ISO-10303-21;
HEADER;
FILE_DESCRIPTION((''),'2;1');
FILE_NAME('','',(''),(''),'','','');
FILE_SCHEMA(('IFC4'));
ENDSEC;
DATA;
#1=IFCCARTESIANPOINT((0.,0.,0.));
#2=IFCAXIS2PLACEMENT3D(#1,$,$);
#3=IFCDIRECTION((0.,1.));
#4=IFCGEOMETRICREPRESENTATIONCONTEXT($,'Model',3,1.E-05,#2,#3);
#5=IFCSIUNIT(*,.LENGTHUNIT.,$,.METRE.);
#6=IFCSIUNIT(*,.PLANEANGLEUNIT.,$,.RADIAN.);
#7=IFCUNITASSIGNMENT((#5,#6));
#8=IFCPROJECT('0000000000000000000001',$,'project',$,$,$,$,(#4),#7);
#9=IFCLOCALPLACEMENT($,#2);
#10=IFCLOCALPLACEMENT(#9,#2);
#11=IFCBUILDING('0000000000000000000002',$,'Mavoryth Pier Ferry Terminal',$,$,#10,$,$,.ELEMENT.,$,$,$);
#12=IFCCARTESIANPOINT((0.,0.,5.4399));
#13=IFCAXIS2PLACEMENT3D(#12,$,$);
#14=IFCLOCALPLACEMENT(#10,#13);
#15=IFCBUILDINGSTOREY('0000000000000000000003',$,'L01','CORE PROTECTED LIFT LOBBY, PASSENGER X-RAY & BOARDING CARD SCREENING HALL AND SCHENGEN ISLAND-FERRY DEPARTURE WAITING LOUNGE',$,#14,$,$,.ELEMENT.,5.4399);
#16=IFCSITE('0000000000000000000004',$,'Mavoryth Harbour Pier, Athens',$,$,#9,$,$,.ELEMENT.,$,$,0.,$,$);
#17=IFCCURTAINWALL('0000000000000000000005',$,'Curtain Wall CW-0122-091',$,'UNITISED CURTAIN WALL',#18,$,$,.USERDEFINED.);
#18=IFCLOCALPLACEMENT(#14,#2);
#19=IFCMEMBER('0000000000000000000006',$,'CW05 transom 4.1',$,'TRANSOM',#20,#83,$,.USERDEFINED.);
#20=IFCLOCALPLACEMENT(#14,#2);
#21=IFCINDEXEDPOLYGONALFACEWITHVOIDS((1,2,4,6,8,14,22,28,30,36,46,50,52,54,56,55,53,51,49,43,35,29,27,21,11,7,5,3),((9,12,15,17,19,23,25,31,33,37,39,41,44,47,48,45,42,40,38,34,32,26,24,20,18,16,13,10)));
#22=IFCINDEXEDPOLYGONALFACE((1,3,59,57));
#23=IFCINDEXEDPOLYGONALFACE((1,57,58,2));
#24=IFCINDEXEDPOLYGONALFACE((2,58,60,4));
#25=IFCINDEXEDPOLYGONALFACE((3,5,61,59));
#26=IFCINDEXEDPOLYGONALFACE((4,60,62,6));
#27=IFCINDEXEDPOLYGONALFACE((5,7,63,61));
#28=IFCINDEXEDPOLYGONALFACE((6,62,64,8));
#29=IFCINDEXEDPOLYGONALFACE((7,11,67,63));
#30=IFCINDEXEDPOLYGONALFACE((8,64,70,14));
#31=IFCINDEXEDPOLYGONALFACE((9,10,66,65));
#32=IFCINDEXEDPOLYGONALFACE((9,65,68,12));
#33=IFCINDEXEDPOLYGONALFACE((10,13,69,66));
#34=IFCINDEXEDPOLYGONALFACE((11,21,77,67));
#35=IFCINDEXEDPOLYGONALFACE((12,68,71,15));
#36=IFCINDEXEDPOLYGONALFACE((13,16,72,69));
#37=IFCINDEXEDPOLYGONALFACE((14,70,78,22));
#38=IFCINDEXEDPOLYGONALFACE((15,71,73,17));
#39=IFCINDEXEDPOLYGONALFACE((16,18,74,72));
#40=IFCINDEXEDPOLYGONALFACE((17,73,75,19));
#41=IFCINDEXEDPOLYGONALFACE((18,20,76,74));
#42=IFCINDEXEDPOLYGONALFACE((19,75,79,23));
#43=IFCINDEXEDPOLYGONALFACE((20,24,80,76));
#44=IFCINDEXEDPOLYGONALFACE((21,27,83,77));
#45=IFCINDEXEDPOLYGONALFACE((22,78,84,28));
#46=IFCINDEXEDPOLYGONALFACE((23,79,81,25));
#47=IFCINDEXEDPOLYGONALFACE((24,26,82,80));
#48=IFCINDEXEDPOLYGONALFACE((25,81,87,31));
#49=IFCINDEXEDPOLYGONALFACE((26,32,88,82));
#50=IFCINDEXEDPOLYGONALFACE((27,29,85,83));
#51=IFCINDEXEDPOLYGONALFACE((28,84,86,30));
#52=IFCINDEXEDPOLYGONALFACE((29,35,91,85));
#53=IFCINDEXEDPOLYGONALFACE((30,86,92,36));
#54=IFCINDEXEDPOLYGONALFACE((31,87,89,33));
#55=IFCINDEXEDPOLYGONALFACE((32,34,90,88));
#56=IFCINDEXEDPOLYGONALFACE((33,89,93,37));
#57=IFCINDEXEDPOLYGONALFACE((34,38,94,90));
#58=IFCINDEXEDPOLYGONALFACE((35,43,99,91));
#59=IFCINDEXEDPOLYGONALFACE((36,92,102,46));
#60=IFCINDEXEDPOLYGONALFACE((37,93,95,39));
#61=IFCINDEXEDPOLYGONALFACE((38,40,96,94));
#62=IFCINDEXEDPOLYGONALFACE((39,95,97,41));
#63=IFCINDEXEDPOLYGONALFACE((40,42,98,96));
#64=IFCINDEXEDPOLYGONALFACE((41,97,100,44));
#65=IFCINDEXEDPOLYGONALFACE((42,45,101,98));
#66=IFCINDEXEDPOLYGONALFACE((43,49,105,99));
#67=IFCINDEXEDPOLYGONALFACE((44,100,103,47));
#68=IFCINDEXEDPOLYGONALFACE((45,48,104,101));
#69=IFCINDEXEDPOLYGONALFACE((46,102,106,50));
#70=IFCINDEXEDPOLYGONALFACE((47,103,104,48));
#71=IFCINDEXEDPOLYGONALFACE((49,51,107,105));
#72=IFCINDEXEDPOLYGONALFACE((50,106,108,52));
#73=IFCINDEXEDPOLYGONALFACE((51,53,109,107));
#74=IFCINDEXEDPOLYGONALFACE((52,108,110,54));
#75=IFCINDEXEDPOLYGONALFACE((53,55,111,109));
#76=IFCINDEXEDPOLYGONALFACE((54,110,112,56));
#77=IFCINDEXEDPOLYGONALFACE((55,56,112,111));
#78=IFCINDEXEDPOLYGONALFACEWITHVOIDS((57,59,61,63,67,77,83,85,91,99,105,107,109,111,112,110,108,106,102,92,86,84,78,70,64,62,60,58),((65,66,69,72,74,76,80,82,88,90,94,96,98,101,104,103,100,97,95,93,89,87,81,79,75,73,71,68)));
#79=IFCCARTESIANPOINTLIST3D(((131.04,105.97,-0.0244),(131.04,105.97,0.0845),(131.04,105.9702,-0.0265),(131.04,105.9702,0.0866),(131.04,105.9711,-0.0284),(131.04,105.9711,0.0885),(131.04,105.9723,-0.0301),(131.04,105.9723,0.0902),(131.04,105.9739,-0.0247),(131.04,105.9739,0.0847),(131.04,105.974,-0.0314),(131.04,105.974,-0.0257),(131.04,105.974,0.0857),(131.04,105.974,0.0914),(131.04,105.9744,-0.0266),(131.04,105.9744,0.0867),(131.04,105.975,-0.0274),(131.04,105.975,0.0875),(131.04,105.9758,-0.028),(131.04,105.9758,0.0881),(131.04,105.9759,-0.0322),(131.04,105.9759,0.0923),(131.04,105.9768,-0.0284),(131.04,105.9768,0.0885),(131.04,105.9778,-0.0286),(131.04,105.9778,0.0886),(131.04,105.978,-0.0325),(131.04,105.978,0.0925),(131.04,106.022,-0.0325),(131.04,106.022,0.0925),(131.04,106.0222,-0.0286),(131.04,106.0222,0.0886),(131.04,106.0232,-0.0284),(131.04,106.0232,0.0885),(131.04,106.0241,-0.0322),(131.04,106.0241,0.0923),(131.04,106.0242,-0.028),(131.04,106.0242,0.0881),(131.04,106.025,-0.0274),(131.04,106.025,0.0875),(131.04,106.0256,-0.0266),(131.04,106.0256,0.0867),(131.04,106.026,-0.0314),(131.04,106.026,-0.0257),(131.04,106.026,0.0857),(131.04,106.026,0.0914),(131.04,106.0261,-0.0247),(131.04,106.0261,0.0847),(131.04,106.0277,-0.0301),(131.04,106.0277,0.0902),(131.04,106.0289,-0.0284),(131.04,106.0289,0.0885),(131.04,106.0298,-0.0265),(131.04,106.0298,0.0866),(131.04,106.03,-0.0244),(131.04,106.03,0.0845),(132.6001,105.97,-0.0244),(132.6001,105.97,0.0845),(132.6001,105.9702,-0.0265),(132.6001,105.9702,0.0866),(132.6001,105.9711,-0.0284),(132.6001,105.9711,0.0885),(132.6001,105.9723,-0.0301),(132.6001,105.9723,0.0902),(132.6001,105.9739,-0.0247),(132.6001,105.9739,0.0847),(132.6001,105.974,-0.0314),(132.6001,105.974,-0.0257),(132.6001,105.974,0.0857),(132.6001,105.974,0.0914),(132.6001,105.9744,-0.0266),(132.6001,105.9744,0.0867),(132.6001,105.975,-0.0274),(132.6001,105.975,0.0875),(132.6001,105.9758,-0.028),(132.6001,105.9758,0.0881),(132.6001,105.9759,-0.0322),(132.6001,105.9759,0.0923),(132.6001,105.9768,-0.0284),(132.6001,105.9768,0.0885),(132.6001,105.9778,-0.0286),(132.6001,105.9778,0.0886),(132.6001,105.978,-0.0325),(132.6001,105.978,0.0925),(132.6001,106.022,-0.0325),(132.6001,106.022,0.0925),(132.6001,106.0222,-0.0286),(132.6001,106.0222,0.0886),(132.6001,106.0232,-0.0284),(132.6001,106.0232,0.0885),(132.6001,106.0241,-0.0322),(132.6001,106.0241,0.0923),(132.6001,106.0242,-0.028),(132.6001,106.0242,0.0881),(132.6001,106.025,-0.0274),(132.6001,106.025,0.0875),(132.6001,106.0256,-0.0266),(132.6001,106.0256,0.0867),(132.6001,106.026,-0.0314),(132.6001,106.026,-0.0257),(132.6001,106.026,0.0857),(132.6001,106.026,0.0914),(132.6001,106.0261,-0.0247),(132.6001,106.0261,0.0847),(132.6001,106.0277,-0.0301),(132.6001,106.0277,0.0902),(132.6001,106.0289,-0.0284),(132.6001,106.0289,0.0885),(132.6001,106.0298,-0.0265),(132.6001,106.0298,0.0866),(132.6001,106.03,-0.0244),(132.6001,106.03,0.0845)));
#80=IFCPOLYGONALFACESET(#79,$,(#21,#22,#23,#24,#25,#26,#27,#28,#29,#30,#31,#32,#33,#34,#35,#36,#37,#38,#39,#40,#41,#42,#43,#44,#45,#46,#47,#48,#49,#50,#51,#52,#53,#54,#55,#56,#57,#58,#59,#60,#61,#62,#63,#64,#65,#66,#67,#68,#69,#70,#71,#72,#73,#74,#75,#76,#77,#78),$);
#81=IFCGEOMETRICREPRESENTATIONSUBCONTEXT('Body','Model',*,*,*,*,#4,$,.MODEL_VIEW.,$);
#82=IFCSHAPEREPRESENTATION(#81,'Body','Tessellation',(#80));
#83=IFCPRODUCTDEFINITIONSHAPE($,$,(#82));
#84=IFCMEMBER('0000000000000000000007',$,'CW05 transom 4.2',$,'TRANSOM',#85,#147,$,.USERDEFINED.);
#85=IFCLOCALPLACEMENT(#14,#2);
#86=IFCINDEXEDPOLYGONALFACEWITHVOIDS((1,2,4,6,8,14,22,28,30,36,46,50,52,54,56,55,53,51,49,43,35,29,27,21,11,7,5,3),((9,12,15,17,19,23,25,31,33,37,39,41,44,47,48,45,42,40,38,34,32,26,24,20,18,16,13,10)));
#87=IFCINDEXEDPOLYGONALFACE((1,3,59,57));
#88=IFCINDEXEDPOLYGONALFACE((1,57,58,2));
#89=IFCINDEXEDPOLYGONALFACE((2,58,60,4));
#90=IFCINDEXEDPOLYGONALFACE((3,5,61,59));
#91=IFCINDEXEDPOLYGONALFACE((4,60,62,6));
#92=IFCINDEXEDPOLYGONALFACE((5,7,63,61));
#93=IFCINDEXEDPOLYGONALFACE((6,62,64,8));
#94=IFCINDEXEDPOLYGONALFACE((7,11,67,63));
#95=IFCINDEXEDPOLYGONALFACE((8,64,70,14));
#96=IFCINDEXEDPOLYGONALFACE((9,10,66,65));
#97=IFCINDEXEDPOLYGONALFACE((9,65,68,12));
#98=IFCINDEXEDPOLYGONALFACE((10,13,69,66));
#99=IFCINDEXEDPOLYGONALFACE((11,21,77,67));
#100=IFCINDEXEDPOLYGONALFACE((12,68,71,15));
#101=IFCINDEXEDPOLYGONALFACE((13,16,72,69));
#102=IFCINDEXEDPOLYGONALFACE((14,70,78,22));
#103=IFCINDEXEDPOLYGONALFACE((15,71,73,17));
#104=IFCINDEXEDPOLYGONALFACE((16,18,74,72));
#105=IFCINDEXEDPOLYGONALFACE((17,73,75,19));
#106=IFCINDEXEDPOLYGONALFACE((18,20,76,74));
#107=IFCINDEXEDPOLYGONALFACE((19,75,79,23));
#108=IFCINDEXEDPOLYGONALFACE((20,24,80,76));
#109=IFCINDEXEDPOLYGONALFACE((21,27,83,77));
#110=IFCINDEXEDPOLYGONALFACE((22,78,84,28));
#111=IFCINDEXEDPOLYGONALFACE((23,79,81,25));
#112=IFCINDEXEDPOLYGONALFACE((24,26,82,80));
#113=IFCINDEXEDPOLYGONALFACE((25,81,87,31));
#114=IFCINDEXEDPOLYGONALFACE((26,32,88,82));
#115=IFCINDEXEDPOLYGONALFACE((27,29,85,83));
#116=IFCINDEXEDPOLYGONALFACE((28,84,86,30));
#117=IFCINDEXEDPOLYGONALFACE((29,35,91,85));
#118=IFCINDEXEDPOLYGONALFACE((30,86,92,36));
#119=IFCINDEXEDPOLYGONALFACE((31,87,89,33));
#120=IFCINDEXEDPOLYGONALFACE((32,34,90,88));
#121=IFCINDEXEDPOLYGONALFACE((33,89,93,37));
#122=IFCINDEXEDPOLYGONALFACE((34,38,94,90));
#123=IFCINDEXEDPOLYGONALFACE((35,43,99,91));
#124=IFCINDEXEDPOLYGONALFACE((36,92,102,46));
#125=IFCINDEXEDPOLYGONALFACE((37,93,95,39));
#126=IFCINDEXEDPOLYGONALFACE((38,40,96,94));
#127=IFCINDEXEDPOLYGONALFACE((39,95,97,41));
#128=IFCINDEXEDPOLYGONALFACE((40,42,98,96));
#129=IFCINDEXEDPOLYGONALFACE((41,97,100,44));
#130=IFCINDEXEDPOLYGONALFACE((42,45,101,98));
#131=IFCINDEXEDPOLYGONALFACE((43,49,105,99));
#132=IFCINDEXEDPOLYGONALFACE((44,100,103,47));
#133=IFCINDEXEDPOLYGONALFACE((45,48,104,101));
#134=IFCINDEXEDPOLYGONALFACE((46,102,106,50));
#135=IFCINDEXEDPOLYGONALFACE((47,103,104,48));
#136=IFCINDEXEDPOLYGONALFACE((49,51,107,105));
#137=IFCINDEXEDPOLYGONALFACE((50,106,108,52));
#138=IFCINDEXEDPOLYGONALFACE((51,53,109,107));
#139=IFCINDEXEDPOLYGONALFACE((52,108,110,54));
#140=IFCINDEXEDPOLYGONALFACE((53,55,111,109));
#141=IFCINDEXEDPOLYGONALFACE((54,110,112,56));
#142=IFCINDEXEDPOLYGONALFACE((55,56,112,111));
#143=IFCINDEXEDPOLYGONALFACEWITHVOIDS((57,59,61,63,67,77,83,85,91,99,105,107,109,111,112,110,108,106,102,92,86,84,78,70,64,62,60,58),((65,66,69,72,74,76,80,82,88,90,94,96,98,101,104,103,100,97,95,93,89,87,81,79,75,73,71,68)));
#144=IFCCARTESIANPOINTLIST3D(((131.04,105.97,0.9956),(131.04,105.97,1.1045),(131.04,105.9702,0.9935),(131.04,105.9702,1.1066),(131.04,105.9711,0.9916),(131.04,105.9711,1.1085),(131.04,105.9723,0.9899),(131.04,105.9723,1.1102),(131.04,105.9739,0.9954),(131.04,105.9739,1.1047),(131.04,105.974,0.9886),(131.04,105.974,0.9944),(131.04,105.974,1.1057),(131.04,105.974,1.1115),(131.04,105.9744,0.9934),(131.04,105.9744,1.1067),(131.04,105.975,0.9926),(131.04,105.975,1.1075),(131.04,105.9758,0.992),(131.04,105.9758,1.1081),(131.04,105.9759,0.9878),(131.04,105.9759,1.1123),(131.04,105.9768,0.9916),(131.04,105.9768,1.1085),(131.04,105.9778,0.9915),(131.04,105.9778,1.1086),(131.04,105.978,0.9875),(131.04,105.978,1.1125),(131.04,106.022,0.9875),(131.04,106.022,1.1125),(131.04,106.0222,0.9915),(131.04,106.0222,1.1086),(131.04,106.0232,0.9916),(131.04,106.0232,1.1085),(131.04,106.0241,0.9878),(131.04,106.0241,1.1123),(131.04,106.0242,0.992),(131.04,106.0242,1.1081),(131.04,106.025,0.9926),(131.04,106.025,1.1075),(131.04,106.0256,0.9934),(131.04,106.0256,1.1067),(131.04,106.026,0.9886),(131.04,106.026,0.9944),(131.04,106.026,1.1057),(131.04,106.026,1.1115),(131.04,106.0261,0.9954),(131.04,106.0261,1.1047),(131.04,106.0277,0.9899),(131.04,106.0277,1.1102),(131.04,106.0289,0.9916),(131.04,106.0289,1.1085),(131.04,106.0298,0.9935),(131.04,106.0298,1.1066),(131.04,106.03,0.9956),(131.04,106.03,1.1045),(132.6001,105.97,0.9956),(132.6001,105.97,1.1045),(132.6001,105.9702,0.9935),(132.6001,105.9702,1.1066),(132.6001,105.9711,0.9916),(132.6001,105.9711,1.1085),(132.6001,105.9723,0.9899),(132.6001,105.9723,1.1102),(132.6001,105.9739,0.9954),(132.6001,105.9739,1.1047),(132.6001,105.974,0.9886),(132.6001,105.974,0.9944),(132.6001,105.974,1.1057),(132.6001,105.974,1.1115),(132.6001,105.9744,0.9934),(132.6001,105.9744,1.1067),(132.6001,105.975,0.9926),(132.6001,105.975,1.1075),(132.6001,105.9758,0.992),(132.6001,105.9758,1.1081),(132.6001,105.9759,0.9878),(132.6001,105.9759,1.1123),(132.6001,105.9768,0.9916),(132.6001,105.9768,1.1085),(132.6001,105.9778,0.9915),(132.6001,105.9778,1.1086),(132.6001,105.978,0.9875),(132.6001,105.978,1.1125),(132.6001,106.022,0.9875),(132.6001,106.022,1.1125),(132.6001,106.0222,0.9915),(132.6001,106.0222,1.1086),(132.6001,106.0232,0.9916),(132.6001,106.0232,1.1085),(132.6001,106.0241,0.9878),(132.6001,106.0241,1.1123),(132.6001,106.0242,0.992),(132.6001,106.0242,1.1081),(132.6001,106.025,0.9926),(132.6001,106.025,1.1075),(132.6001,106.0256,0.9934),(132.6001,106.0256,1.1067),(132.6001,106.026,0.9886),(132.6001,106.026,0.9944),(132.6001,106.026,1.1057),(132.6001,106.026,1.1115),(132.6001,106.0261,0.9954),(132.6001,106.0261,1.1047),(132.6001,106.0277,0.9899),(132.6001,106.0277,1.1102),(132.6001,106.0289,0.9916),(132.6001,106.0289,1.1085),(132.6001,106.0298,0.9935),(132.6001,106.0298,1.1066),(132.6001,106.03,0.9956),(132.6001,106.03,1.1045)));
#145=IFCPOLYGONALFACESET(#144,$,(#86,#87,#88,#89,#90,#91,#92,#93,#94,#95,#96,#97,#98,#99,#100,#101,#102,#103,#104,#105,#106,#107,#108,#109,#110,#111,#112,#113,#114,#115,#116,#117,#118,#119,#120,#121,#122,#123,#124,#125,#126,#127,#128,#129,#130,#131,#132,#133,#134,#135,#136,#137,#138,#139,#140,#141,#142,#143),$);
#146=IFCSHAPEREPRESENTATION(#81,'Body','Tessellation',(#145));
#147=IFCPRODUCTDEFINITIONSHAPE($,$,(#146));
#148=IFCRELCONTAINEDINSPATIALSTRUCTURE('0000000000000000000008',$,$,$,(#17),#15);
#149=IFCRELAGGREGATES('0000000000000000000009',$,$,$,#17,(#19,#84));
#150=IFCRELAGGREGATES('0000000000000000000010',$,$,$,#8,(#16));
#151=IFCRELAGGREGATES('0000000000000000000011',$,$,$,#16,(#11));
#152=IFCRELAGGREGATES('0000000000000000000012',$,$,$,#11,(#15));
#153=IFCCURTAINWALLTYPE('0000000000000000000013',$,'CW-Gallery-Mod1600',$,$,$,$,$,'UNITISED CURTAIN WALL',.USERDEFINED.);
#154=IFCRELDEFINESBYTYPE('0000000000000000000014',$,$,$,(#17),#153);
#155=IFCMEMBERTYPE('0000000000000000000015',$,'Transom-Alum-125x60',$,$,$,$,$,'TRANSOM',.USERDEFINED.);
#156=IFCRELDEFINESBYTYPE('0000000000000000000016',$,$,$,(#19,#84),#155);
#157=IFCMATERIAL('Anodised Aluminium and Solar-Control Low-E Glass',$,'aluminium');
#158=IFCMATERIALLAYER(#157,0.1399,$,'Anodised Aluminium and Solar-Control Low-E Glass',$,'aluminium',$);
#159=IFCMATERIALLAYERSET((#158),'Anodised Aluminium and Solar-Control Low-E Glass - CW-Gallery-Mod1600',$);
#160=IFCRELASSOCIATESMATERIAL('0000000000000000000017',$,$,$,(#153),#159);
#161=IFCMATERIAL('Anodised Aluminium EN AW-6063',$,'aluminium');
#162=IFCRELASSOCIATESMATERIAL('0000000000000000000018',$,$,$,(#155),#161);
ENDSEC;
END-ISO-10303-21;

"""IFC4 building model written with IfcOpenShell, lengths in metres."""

from ifc_helpers import new_model, si_unit, direction, frame, origin, origin_2d, place, context, subcontext, project, spatial, hollow_rectangle, extrude, material, layer, layer_set, material_profile, profile_set, type_object, element, aggregate, save


model = new_model("IFC4")

# Units and contexts
model_context = context("Model", 3, precision=1e-05, world=origin(), true_north=direction((0.0, 1.0)))
body_context = subcontext(model_context, "Body", "Model", "MODEL_VIEW")
ifc_project = project(units=[si_unit("LENGTHUNIT", "METRE"), si_unit("PLANEANGLEUNIT", "RADIAN")], contexts=[model_context])

# Site, building, storey
site_placement = place(None, origin())
site = spatial("IfcSite", under=ifc_project, at=site_placement, Name="Mavoryth Harbour Pier, Athens", CompositionType="ELEMENT", RefElevation=0.0)
building_placement = place(site_placement, origin())
building = spatial("IfcBuilding", under=site, at=building_placement, Name="Mavoryth Pier Ferry Terminal", CompositionType="ELEMENT")
storey_placement = place(building_placement, frame((0.0, 0.0, 5.4399)))
storey = spatial("IfcBuildingStorey", under=building, at=storey_placement, Name="L01", Description="CORE PROTECTED LIFT LOBBY, PASSENGER X-RAY & BOARDING CARD SCREENING HALL AND SCHENGEN ISLAND-FERRY DEPARTURE WAITING LOUNGE", CompositionType="ELEMENT", Elevation=5.4399)

# Curtain wall
ifc_material_1 = material(Name="Anodised Aluminium and Solar-Control Low-E Glass", Category="aluminium")
ifc_layer_1 = layer(ifc_material_1, 0.1399, Name="Anodised Aluminium and Solar-Control Low-E Glass", Category="aluminium")
ifc_layer_set_1 = layer_set([ifc_layer_1], Name="Anodised Aluminium and Solar-Control Low-E Glass - CW-Gallery-Mod1600")
curtain_wall_type = type_object("IfcCurtainWallType", Name="CW-Gallery-Mod1600", ElementType="UNITISED CURTAIN WALL", PredefinedType="USERDEFINED", material=ifc_layer_set_1)
curtain_wall_1_placement = place(storey_placement, origin())
curtain_wall_1 = element("IfcCurtainWall", 1, at=curtain_wall_1_placement, inside=storey, type_object=curtain_wall_type, Name="Curtain Wall CW-0122-091", ObjectType="UNITISED CURTAIN WALL", PredefinedType="USERDEFINED")
ifc_material_2 = material(Name="Anodised Aluminium EN AW-6063", Category="aluminium")

# Members
ifc_material_profile_1 = material_profile(ifc_material_2, hollow_rectangle(XDim=0.0601, YDim=0.125, WallThickness=0.0039, InnerFilletRadius=0.0039, OuterFilletRadius=0.0081, at=origin_2d()), Name="AL-TRAN 125x60x4", Category="aluminium")
ifc_profile_set_1 = profile_set([ifc_material_profile_1], Name="Anodised Aluminium EN AW-6063 - AL-TRAN 125x60x4")
member_type_1 = type_object("IfcMemberType", Name="Transom-Alum-125x60", ElementType="TRANSOM", PredefinedType="USERDEFINED", material=ifc_profile_set_1)
member_1_placement = place(storey_placement, frame((131.04, 106.0, 0.03), z_axis=(1.0, 0.0, 0.0), x_axis=(0.0, 1.0, 0.0)))
member_1 = element("IfcMember", 2, at=member_1_placement, type_object=member_type_1, Name="CW05 transom 4.1", ObjectType="TRANSOM", PredefinedType="USERDEFINED", context=body_context, shape_type="SweptSolid", body=[
    extrude(hollow_rectangle(XDim=0.0601, YDim=0.125, WallThickness=0.0039, InnerFilletRadius=0.0039, OuterFilletRadius=0.0081, at=origin_2d()), origin(), (0.0, 0.0, 1.0), 1.5601),
])
member_2_placement = place(storey_placement, frame((131.04, 106.0, 1.05), z_axis=(1.0, 0.0, 0.0), x_axis=(0.0, 1.0, 0.0)))
member_2 = element("IfcMember", 3, at=member_2_placement, type_object=member_type_1, Name="CW05 transom 4.2", ObjectType="TRANSOM", PredefinedType="USERDEFINED", context=body_context, shape_type="SweptSolid", body=[
    extrude(hollow_rectangle(XDim=0.0601, YDim=0.125, WallThickness=0.0039, InnerFilletRadius=0.0039, OuterFilletRadius=0.0081, at=origin_2d()), origin(), (0.0, 0.0, 1.0), 1.5601),
])

aggregate(curtain_wall_1, [member_1, member_2])

save(model, "model.ifc")
